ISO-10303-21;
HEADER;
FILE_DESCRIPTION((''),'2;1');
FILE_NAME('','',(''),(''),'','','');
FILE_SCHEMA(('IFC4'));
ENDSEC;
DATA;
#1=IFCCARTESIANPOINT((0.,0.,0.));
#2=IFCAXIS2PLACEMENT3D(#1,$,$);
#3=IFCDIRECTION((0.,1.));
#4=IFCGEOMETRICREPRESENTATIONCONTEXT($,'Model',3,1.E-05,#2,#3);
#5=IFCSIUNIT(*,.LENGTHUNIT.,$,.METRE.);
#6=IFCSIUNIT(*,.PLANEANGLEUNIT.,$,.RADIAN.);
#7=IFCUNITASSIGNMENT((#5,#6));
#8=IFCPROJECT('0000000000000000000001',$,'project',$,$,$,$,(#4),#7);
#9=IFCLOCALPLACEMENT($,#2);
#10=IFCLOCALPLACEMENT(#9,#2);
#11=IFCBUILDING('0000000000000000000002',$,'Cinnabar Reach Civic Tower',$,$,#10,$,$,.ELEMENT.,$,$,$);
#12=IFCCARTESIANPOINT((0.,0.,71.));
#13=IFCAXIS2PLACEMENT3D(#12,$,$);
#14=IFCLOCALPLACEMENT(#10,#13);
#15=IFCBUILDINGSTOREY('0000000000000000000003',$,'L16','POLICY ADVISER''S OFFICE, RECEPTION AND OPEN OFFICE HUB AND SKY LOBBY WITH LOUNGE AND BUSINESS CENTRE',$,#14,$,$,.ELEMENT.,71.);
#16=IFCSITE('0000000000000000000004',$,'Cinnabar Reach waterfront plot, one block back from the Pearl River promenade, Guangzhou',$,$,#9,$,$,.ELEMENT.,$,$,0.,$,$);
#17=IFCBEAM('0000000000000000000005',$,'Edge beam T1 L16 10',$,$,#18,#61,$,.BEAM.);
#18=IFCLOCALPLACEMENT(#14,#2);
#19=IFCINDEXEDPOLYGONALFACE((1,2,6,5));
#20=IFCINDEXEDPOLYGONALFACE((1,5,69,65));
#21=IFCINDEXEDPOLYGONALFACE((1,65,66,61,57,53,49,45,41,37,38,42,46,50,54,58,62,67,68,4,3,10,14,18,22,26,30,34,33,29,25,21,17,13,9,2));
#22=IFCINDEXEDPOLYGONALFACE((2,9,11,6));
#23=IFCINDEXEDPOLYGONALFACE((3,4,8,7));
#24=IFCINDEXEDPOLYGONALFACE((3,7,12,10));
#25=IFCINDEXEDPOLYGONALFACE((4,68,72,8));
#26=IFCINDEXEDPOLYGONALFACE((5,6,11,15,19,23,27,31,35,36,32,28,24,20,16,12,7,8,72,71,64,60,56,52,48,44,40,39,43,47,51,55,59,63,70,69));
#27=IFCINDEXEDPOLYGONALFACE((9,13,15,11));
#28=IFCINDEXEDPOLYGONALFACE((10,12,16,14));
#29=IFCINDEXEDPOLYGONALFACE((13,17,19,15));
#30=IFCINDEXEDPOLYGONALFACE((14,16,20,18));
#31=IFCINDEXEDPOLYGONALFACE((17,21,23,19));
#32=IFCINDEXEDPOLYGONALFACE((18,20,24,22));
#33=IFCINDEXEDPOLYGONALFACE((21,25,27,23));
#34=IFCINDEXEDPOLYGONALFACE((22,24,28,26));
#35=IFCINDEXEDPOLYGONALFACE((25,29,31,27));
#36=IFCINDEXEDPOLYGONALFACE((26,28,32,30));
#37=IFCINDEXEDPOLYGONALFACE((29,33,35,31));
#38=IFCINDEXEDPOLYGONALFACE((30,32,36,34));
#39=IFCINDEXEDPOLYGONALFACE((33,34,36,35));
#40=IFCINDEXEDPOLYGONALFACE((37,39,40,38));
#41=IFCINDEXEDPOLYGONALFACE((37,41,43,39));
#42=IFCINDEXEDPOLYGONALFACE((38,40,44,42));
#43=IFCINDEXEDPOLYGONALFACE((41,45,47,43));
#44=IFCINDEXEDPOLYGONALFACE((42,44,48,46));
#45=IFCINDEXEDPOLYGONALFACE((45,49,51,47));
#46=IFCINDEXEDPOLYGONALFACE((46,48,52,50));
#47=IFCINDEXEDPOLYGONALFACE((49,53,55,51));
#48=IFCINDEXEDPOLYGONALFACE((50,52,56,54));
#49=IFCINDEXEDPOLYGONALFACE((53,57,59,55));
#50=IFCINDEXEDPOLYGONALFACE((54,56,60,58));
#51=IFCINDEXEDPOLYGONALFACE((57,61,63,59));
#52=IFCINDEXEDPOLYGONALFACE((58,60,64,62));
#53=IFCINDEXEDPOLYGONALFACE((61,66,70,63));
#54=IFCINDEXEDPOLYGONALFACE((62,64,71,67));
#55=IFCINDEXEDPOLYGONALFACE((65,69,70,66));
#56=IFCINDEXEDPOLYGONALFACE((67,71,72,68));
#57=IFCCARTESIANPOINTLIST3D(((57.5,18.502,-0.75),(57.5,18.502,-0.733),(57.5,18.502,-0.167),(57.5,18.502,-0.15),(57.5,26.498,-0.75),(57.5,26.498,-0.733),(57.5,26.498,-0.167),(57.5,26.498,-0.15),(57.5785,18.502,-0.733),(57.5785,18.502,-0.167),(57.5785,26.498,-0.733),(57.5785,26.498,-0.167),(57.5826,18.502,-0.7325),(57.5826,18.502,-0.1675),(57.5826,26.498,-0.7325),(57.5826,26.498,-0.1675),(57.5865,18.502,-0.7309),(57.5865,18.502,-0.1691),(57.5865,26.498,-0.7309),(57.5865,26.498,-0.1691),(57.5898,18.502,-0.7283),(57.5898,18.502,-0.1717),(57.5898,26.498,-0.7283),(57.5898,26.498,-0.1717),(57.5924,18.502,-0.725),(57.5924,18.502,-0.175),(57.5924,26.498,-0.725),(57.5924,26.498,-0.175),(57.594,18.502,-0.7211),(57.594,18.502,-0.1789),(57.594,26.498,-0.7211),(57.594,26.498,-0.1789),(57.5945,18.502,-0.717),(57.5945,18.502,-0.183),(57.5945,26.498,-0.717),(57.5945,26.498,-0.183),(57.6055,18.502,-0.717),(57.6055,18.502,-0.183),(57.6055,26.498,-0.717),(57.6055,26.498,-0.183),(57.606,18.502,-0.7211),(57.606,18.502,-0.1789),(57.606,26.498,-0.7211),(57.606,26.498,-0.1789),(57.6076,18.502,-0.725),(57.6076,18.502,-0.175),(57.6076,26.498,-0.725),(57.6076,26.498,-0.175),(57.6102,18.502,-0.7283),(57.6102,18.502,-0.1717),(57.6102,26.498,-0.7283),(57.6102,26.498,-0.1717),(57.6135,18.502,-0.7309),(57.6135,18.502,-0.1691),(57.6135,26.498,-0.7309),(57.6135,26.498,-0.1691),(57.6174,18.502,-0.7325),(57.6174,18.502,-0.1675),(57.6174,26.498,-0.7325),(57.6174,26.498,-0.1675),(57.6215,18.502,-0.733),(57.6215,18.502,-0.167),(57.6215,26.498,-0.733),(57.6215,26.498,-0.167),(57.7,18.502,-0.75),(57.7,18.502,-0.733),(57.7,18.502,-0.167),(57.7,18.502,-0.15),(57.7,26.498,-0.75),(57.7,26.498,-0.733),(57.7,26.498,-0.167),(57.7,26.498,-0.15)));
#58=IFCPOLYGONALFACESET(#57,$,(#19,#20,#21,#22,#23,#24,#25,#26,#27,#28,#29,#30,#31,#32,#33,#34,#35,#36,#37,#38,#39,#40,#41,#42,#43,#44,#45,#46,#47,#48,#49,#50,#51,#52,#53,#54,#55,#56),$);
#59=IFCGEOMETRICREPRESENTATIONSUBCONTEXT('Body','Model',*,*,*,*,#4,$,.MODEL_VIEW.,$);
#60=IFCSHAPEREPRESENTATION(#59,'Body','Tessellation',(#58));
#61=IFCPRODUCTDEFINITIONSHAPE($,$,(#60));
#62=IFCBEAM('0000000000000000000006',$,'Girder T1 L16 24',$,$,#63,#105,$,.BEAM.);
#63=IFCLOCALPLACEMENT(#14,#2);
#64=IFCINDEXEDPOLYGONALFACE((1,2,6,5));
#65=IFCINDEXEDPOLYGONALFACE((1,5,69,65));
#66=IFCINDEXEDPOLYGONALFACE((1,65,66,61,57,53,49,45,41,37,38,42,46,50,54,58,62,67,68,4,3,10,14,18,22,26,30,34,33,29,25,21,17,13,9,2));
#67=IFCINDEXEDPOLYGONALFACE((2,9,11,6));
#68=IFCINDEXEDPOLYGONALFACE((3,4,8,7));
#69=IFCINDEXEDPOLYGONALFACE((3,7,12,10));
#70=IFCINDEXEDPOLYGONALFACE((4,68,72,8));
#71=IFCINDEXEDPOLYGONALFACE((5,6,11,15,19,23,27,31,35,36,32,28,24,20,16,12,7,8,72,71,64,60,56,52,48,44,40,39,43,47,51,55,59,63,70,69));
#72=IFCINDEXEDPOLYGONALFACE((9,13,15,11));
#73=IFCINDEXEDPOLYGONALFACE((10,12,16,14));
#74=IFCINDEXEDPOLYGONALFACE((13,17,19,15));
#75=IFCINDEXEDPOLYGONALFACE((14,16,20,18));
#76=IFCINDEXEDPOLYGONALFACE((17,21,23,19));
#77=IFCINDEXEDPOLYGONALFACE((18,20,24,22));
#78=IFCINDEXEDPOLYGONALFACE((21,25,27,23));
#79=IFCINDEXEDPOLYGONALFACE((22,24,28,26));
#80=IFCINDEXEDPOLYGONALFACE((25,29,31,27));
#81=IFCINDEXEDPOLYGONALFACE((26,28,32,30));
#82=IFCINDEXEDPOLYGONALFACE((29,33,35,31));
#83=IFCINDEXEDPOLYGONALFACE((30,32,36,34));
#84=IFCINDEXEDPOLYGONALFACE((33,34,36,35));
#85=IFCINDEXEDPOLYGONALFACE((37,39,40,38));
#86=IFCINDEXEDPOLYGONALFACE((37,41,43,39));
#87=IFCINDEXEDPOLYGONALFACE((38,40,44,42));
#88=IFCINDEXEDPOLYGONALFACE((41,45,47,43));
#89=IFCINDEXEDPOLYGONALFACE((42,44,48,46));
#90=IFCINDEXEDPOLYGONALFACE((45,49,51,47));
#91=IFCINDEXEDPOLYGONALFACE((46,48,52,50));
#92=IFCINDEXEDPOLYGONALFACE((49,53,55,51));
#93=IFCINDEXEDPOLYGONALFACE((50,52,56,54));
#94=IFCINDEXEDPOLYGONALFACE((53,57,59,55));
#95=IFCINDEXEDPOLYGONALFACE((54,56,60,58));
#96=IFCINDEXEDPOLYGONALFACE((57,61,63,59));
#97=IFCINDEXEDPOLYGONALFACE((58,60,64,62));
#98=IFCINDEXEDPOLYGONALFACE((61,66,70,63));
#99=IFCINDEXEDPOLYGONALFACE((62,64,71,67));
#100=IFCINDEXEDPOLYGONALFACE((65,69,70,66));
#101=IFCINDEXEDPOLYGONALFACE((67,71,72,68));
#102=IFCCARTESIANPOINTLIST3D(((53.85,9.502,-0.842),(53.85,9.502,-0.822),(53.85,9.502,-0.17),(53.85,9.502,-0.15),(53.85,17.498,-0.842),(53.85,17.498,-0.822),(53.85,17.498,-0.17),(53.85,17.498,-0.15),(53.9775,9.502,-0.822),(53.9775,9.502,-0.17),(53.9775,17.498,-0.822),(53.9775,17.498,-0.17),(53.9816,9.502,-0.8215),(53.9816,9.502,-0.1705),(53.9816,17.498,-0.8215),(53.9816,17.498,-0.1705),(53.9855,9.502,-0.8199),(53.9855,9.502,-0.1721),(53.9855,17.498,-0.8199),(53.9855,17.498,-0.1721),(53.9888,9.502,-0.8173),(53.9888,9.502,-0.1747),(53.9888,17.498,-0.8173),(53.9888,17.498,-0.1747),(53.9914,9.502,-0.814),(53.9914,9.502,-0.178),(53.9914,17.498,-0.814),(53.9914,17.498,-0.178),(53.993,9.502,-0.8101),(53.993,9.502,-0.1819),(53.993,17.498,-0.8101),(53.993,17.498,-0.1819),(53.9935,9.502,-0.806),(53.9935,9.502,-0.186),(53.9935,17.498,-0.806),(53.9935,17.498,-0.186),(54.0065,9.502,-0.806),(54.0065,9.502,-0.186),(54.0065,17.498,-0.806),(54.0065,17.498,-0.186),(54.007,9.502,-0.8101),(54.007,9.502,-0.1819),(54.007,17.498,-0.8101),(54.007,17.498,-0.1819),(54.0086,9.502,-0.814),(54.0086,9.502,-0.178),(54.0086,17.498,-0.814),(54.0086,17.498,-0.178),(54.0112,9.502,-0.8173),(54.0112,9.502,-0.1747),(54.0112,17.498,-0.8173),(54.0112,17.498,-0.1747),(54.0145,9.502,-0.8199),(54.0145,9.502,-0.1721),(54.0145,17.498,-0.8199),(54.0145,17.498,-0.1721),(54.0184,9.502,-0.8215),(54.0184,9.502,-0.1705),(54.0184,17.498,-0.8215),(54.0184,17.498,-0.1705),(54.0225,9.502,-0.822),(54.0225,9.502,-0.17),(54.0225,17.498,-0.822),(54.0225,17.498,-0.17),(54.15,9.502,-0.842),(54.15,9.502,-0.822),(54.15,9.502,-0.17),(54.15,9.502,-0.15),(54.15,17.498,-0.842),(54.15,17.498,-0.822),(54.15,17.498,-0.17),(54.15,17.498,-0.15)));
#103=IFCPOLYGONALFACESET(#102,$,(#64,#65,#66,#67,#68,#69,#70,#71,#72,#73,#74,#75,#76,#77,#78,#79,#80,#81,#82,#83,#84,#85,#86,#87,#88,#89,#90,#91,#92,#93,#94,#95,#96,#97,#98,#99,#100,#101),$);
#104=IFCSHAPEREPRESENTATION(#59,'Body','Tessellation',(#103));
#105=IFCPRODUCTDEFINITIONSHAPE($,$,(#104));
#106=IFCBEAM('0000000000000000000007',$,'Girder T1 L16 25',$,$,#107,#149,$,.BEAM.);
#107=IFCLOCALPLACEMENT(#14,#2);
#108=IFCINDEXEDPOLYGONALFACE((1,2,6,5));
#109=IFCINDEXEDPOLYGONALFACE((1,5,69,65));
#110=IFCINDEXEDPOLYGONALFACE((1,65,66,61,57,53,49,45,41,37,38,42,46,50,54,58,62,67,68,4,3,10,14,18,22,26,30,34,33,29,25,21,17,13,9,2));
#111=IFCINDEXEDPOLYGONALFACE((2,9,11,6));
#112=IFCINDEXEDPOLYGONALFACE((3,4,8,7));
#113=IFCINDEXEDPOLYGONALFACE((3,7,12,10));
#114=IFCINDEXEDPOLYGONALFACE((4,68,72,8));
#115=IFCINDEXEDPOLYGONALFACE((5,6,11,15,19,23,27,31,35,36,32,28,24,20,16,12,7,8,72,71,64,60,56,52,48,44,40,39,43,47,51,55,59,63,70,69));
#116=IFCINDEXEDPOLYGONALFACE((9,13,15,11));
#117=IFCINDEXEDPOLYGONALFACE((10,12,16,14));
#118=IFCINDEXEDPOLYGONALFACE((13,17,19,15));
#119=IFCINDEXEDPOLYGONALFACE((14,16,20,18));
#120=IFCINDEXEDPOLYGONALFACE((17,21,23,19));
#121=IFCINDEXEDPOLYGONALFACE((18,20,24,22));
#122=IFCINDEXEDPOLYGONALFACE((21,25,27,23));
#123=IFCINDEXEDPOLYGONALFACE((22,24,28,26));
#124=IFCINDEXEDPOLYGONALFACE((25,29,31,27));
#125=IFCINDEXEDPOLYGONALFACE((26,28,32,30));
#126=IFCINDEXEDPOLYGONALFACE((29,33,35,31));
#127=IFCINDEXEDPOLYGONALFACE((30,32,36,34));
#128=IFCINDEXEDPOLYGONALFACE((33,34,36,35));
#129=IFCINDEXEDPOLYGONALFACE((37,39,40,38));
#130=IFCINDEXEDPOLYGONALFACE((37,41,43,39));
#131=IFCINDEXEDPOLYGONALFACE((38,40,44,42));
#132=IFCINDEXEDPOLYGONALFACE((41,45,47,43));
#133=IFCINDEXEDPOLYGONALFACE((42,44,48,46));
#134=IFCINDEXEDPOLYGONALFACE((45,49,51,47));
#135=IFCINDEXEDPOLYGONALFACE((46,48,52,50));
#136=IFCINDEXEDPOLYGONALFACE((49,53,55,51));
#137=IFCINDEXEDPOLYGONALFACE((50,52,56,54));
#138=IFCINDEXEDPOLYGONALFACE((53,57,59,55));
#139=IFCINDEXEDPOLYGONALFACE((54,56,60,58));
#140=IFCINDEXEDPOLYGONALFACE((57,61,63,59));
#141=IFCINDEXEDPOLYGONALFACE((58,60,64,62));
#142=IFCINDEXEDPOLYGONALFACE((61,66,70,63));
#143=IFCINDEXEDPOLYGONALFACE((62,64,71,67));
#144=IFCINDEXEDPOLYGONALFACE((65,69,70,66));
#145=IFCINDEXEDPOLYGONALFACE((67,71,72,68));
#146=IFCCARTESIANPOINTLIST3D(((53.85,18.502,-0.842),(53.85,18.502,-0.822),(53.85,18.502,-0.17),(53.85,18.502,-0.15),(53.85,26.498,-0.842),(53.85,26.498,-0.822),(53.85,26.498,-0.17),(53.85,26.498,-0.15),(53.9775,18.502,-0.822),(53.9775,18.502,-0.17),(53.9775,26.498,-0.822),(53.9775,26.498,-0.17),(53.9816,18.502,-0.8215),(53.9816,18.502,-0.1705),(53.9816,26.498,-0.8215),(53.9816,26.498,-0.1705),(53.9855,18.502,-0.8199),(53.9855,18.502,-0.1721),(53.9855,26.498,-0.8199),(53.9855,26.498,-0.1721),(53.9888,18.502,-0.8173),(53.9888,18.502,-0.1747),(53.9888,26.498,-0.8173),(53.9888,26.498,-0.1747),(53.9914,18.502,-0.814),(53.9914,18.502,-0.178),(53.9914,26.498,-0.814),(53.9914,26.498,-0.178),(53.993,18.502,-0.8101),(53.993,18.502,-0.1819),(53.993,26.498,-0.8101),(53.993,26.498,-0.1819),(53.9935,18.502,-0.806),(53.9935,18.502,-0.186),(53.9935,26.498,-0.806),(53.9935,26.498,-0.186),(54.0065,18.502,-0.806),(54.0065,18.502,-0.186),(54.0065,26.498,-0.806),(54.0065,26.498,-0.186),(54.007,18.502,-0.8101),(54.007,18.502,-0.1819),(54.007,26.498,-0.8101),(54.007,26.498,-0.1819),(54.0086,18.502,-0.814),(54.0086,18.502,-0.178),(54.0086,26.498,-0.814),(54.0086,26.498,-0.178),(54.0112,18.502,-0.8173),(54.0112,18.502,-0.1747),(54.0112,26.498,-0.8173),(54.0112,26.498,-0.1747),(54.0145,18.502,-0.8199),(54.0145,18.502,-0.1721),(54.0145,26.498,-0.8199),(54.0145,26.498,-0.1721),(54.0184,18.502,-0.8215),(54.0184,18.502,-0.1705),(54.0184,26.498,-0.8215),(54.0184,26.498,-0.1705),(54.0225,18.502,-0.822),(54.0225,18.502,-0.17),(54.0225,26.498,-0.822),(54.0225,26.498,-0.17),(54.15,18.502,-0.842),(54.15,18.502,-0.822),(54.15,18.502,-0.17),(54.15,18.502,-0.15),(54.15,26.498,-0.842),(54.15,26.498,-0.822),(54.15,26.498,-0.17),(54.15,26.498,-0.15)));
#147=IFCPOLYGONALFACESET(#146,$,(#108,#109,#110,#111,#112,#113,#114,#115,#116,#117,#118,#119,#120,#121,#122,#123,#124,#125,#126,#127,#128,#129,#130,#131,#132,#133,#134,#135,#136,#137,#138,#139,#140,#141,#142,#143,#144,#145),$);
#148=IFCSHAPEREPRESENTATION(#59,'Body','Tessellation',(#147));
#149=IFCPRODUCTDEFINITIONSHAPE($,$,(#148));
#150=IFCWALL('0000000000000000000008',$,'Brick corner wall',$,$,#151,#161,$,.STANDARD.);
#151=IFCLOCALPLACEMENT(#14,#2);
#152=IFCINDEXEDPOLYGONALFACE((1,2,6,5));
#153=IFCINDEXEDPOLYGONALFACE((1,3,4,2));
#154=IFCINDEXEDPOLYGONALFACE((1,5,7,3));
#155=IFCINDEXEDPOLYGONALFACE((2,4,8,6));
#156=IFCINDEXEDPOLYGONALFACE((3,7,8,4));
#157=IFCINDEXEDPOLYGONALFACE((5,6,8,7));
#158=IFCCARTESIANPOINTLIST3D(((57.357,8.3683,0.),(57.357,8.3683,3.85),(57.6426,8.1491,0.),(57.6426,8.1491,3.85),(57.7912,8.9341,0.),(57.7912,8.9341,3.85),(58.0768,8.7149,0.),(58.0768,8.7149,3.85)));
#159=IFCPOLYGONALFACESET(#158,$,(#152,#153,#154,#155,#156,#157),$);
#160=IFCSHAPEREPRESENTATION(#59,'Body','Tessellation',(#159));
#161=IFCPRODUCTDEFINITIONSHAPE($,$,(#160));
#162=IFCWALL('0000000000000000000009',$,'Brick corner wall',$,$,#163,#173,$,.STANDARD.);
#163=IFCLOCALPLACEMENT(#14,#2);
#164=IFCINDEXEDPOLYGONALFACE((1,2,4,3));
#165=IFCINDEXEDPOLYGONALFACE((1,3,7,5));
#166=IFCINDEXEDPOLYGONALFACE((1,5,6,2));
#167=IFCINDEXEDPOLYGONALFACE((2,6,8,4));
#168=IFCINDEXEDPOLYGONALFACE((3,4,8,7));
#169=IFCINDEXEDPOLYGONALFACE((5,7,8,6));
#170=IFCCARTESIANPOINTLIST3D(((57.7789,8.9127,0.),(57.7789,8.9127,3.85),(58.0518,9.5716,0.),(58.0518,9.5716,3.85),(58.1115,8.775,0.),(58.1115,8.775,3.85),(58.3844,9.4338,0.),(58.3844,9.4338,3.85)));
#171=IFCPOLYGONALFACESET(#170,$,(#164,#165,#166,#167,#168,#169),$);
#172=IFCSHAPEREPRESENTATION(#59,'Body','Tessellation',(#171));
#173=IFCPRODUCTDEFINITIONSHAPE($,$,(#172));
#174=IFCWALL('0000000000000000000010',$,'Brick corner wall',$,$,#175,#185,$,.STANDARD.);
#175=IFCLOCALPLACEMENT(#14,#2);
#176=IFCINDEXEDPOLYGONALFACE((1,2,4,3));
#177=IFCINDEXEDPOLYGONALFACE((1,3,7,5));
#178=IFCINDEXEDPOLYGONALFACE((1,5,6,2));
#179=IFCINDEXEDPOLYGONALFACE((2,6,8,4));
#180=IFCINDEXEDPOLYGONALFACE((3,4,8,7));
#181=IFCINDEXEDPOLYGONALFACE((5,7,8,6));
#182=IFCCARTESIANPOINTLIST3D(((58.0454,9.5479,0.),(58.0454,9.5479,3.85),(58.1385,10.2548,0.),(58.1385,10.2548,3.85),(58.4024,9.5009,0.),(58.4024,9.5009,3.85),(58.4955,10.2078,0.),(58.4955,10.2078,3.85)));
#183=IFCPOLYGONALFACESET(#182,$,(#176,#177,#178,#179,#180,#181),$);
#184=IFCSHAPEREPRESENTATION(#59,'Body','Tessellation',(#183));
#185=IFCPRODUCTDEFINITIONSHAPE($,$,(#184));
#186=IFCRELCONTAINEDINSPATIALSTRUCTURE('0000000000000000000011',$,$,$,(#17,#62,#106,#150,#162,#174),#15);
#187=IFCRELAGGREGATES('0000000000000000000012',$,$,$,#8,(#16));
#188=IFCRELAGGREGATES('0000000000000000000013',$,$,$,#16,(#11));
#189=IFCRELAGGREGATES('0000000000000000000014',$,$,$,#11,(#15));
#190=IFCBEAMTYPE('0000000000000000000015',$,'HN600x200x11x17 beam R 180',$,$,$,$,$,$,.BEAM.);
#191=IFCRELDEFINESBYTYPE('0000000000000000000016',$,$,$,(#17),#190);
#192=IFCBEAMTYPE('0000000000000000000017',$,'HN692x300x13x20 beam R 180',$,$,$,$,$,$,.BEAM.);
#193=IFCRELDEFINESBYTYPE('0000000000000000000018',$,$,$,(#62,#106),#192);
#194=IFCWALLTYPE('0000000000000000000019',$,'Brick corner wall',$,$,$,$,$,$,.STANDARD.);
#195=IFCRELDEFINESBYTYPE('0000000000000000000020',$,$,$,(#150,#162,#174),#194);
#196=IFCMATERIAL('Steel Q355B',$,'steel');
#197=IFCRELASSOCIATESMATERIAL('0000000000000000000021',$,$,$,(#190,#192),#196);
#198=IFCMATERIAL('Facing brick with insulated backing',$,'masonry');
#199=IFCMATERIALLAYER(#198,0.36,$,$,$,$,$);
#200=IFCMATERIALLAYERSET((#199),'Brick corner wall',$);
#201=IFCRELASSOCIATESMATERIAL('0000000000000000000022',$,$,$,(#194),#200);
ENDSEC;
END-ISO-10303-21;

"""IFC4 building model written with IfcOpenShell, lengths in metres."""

from ifc_helpers import new_model, si_unit, direction, frame, frame_2d, origin, origin_2d, place, context, subcontext, project, spatial, rectangle, i_section, extrude, material, layer, layer_set, material_profile, profile_set, type_object, element, save


model = new_model("IFC4")

# Units and contexts
model_context = context("Model", 3, precision=1e-05, world=origin(), true_north=direction((0.0, 1.0)))
body_context = subcontext(model_context, "Body", "Model", "MODEL_VIEW")
ifc_project = project(units=[si_unit("LENGTHUNIT", "METRE"), si_unit("PLANEANGLEUNIT", "RADIAN")], contexts=[model_context])

# Site, building, storey
site_placement = place(None, origin())
site = spatial("IfcSite", under=ifc_project, at=site_placement, Name="Cinnabar Reach waterfront plot, one block back from the Pearl River promenade, Guangzhou", CompositionType="ELEMENT", RefElevation=0.0)
building_placement = place(site_placement, origin())
building = spatial("IfcBuilding", under=site, at=building_placement, Name="Cinnabar Reach Civic Tower", CompositionType="ELEMENT")
storey_placement = place(building_placement, frame((0.0, 0.0, 71.0)))
storey = spatial("IfcBuildingStorey", under=building, at=storey_placement, Name="L16", Description="POLICY ADVISER'S OFFICE, RECEPTION AND OPEN OFFICE HUB AND SKY LOBBY WITH LOUNGE AND BUSINESS CENTRE", CompositionType="ELEMENT", Elevation=71.0)

# Beams
ifc_material_1 = material(Name="Steel Q355B", Category="steel")
ifc_material_profile_1 = material_profile(ifc_material_1, i_section(OverallWidth=0.2, OverallDepth=0.6, WebThickness=0.011, FlangeThickness=0.017, FilletRadius=0.016, at=origin_2d()), Name="HN600x200x11x17")
ifc_profile_set_1 = profile_set([ifc_material_profile_1], Name="Steel Q355B")
beam_type_1 = type_object("IfcBeamType", Name="HN600x200x11x17 beam R 180", PredefinedType="BEAM", material=ifc_profile_set_1)
beam_1_placement = place(storey_placement, frame((57.6, 18.502, -0.45), z_axis=(0.0, 1.0, 0.0), x_axis=(-1.0, 0.0, 0.0)))
element("IfcBeam", 1, at=beam_1_placement, inside=storey, type_object=beam_type_1, Name="Edge beam T1 L16 10", PredefinedType="BEAM", context=body_context, shape_type="SweptSolid", body=[
    extrude(i_section(OverallWidth=0.2, OverallDepth=0.6, WebThickness=0.011, FlangeThickness=0.017, FilletRadius=0.016, at=origin_2d()), origin(), (0.0, 0.0, 1.0), 7.996),
])
ifc_material_profile_2 = material_profile(ifc_material_1, i_section(OverallWidth=0.3, OverallDepth=0.692, WebThickness=0.013, FlangeThickness=0.02, FilletRadius=0.016, at=origin_2d()), Name="HN692x300x13x20")
ifc_profile_set_2 = profile_set([ifc_material_profile_2], Name="Steel Q355B")
beam_type_2 = type_object("IfcBeamType", Name="HN692x300x13x20 beam R 180", PredefinedType="BEAM", material=ifc_profile_set_2)
for number, where, z_axis, x_axis, name in (
    (2, (54.0, 9.502, -0.496), (0.0, 1.0, 0.0), (-1.0, 0.0, 0.0), "Girder T1 L16 24"),
    (3, (54.0, 18.502, -0.496), (0.0, 1.0, 0.0), (-1.0, 0.0, 0.0), "Girder T1 L16 25"),
):
    element("IfcBeam", number, at=place(storey_placement, frame(where, z_axis=z_axis, x_axis=x_axis)), inside=storey, type_object=beam_type_2, Name=name, PredefinedType="BEAM", context=body_context, shape_type="SweptSolid", body=[
        extrude(i_section(OverallWidth=0.3, OverallDepth=0.692, WebThickness=0.013, FlangeThickness=0.02, FilletRadius=0.016, at=origin_2d()), origin(), (0.0, 0.0, 1.0), 7.996),
    ])

# Walls
ifc_material_2 = material(Name="Facing brick with insulated backing", Category="masonry")
ifc_layer_1 = layer(ifc_material_2, 0.36)
ifc_layer_set_1 = layer_set([ifc_layer_1], Name="Brick corner wall")
wall_type_1 = type_object("IfcWallType", Name="Brick corner wall", PredefinedType="STANDARD", material=ifc_layer_set_1)
wall_1_placement = place(storey_placement, frame((57.4998, 8.2587, 0.0), z_axis=(0.0, 0.0, 1.0), x_axis=(0.608802, 0.793322, 0.0)))
element("IfcWall", 4, at=wall_1_placement, inside=storey, type_object=wall_type_1, Name="Brick corner wall", PredefinedType="STANDARD", context=body_context, shape_type="SweptSolid", body=[
    extrude(rectangle(XDim=0.7132, YDim=0.36, at=frame_2d((0.3566, 0.0))), origin(), (0.0, 0.0, 1.0), 3.85),
])
for number, where, z_axis, x_axis, name in (
    (5, (57.9452, 8.8439, 0.0), (0.0, 0.0, 1.0), (0.382703, 0.923872, 0.0), "Brick corner wall"),
    (6, (58.2239, 9.5244, 0.0), (0.0, 0.0, 1.0), (0.130556, 0.991441, 0.0), "Brick corner wall"),
):
    element("IfcWall", number, at=place(storey_placement, frame(where, z_axis=z_axis, x_axis=x_axis)), inside=storey, type_object=wall_type_1, Name=name, PredefinedType="STANDARD", context=body_context, shape_type="SweptSolid", body=[
        extrude(rectangle(XDim=0.7131, YDim=0.36, at=frame_2d((0.3565, 0.0))), origin(), (0.0, 0.0, 1.0), 3.85),
    ])

save(model, "model.ifc")
